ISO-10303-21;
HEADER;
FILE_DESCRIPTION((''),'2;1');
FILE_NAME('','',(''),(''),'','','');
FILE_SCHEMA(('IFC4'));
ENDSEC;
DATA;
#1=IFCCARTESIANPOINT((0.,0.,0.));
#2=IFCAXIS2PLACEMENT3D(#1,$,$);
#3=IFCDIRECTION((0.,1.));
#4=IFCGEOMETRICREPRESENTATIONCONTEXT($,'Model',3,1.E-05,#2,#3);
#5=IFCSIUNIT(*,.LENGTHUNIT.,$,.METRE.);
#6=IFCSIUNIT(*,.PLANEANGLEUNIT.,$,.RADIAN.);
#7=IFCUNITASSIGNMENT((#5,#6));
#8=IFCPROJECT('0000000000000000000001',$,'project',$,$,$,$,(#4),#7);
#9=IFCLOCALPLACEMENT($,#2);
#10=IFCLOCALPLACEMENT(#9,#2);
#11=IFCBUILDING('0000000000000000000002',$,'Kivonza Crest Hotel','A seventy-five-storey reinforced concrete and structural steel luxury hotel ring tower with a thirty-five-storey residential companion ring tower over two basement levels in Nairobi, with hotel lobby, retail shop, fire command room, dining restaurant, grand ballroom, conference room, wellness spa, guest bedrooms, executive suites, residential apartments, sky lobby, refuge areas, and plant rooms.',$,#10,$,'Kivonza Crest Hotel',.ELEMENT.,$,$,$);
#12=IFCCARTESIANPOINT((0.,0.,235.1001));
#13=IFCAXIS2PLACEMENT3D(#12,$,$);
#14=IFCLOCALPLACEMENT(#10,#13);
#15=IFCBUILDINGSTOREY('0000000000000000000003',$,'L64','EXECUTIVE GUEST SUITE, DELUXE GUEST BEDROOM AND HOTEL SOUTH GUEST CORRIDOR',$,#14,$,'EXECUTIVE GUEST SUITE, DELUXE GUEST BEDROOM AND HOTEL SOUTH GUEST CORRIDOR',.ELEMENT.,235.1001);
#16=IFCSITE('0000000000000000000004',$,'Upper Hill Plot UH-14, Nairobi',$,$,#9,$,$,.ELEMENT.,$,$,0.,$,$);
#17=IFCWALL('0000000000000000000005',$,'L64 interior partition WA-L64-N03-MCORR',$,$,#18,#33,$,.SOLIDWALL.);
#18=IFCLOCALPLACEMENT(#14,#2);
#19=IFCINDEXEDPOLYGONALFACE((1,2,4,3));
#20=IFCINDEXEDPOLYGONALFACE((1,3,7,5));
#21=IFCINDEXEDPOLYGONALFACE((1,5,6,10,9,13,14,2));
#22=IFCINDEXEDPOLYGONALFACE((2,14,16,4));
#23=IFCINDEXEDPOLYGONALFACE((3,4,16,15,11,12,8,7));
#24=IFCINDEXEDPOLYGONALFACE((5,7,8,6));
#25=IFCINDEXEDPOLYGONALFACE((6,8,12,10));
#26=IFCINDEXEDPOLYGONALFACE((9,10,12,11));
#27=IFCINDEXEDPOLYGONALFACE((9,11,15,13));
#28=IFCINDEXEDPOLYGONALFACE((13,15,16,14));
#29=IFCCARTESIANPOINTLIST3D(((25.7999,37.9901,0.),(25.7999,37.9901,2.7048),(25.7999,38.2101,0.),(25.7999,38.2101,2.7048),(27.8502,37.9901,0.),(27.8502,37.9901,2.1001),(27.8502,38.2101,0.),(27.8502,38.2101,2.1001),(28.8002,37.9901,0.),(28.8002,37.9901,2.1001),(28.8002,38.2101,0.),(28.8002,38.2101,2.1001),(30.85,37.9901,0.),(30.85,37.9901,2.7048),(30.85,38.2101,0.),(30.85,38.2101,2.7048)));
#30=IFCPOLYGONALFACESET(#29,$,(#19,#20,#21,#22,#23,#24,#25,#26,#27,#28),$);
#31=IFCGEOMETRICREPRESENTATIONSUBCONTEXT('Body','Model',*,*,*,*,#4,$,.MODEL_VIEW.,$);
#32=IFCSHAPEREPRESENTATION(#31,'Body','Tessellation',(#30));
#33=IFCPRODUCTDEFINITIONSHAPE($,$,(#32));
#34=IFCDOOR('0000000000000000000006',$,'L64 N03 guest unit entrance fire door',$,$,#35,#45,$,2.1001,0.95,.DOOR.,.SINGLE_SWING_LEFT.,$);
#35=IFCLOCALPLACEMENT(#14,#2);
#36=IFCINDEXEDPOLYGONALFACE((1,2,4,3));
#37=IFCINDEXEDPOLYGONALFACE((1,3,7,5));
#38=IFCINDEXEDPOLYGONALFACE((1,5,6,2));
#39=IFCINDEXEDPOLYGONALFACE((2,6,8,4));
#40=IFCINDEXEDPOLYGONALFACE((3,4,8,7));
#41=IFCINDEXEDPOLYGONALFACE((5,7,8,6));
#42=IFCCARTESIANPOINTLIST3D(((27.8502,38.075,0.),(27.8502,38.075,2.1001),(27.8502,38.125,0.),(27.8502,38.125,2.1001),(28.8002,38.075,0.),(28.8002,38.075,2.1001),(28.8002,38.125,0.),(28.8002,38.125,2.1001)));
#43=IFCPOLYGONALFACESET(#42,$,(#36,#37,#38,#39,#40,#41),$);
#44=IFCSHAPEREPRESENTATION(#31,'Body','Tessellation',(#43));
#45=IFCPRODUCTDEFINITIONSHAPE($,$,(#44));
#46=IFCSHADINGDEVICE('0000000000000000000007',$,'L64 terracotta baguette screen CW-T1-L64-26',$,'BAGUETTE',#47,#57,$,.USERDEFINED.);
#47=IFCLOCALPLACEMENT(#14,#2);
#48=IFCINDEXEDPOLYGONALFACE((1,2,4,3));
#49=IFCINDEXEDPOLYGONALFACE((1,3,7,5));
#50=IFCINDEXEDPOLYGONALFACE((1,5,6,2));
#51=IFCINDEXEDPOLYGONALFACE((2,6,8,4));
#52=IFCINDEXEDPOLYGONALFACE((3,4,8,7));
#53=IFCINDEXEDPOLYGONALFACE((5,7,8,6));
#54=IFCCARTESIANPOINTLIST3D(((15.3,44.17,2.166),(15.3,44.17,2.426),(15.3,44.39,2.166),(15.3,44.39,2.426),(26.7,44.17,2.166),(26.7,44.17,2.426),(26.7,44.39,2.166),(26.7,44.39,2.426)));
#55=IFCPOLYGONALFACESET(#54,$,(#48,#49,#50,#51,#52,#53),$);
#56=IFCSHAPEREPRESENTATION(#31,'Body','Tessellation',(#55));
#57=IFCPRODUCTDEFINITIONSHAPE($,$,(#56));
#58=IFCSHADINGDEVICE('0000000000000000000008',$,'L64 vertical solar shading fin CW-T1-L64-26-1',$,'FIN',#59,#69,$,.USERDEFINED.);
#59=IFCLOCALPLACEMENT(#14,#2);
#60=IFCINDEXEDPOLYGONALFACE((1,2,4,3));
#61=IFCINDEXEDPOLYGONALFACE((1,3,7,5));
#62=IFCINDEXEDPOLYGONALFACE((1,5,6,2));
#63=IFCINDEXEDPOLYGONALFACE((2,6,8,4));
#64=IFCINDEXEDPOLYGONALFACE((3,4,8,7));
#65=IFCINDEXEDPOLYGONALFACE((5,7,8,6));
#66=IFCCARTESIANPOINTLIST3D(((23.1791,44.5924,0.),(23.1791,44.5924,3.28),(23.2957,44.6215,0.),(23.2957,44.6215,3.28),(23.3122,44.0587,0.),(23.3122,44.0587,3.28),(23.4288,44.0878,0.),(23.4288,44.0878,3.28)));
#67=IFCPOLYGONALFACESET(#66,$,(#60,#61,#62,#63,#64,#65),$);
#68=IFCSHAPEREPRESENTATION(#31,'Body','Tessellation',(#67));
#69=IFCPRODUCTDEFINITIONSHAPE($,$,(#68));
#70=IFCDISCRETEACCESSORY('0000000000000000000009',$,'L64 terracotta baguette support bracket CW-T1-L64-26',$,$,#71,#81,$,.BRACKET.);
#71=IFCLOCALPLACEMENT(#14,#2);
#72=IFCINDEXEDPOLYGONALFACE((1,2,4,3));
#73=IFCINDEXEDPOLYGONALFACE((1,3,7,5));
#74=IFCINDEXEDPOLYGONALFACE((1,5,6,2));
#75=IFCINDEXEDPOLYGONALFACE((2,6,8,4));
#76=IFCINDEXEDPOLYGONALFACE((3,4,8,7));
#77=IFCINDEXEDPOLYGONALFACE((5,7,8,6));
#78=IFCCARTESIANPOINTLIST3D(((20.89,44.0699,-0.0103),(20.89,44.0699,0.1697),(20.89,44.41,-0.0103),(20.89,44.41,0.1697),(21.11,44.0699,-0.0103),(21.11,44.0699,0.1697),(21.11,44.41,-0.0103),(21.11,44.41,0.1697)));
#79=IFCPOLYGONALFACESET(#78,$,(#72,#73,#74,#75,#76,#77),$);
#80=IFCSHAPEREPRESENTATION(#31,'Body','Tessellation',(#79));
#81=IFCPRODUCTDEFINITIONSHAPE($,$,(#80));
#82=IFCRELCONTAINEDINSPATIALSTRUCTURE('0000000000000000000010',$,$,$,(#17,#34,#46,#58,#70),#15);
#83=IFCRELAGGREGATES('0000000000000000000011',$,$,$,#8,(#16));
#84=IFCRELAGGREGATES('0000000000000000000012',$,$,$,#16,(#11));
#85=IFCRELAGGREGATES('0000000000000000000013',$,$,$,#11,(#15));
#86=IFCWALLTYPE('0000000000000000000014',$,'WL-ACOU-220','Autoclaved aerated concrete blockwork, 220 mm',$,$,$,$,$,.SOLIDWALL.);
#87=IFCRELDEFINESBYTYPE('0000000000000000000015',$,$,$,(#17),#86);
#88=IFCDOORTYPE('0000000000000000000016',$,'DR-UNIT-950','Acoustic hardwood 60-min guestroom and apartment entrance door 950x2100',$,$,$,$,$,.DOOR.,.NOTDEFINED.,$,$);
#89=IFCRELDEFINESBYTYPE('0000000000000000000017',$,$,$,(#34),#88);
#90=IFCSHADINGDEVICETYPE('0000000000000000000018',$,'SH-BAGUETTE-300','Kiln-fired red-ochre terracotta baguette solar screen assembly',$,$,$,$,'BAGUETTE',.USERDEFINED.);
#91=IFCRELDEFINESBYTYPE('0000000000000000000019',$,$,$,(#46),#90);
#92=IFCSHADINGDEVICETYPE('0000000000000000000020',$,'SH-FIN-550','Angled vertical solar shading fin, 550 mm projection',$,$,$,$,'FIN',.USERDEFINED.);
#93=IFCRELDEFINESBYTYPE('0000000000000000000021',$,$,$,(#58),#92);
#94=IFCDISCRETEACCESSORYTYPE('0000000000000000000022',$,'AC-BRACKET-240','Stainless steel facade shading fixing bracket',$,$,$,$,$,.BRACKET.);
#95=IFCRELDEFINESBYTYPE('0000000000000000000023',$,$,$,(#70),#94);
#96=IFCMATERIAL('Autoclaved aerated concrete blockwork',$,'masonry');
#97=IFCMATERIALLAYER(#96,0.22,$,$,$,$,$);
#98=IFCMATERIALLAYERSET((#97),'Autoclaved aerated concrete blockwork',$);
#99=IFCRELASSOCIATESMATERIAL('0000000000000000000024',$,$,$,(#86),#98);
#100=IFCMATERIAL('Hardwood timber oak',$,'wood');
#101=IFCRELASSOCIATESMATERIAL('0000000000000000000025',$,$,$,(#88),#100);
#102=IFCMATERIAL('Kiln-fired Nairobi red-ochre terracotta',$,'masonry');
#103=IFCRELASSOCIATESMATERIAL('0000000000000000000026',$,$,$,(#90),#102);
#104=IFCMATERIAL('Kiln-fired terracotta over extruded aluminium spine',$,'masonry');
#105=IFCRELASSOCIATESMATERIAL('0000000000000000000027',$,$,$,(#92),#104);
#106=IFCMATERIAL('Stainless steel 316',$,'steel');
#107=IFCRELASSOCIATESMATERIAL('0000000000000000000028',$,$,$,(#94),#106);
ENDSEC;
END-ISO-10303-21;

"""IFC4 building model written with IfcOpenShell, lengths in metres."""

from ifc_helpers import new_model, si_unit, direction, frame, frame_2d, origin, origin_2d, place, context, subcontext, project, spatial, rectangle, extrude, material, layer, layer_set, type_object, element, fill, save


model = new_model("IFC4")

# Units and contexts
model_context = context("Model", 3, precision=1e-05, world=origin(), true_north=direction((0.0, 1.0)))
body_context = subcontext(model_context, "Body", "Model", "MODEL_VIEW")
ifc_project = project(units=[si_unit("LENGTHUNIT", "METRE"), si_unit("PLANEANGLEUNIT", "RADIAN")], contexts=[model_context])

# Site, building, storey
site_placement = place(None, origin())
site = spatial("IfcSite", under=ifc_project, at=site_placement, Name="Upper Hill Plot UH-14, Nairobi", CompositionType="ELEMENT", RefElevation=0.0)
building_placement = place(site_placement, origin())
building = spatial("IfcBuilding", under=site, at=building_placement, Name="Kivonza Crest Hotel", Description="A seventy-five-storey reinforced concrete and structural steel luxury hotel ring tower with a thirty-five-storey residential companion ring tower over two basement levels in Nairobi, with hotel lobby, retail shop, fire command room, dining restaurant, grand ballroom, conference room, wellness spa, guest bedrooms, executive suites, residential apartments, sky lobby, refuge areas, and plant rooms.", LongName="Kivonza Crest Hotel", CompositionType="ELEMENT")
storey_placement = place(building_placement, frame((0.0, 0.0, 235.1001)))
storey = spatial("IfcBuildingStorey", under=building, at=storey_placement, Name="L64", Description="EXECUTIVE GUEST SUITE, DELUXE GUEST BEDROOM AND HOTEL SOUTH GUEST CORRIDOR", LongName="EXECUTIVE GUEST SUITE, DELUXE GUEST BEDROOM AND HOTEL SOUTH GUEST CORRIDOR", CompositionType="ELEMENT", Elevation=235.1001)

# Wall, opening, door
ifc_material_1 = material(Name="Autoclaved aerated concrete blockwork", Category="masonry")
ifc_layer_1 = layer(ifc_material_1, 0.22)
ifc_layer_set_1 = layer_set([ifc_layer_1], Name="Autoclaved aerated concrete blockwork")
wall_type_1 = type_object("IfcWallType", Name="WL-ACOU-220", Description="Autoclaved aerated concrete blockwork, 220 mm", PredefinedType="SOLIDWALL", material=ifc_layer_set_1)
wall_1_placement = place(storey_placement, frame((25.8, 38.1001, 0.0), z_axis=(0.0, 0.0, 1.0), x_axis=(1.0, 0.0, 0.0)))
wall_1 = element("IfcWall", 1, at=wall_1_placement, inside=storey, type_object=wall_type_1, Name="L64 interior partition WA-L64-N03-MCORR", PredefinedType="SOLIDWALL", context=body_context, shape_type="SweptSolid", body=[
    extrude(rectangle(XDim=5.05, YDim=0.22, at=frame_2d((2.5249, 0.0))), origin(), (0.0, 0.0, 1.0), 2.7048),
])
opening_placement = place(wall_1_placement, frame((2.05, 0.0, 0.0)))
opening = element("IfcOpeningElement", 2, at=opening_placement, cuts=wall_1, PredefinedType="OPENING", context=body_context, shape_type="SweptSolid", body=[
    extrude(rectangle(XDim=0.95, YDim=2.1001, at=frame_2d((0.4751, 1.05))), frame((0.0, 0.1201, 0.0), z_axis=(0.0, -1.0, 0.0), x_axis=(1.0, 0.0, 0.0)), (0.0, 0.0, 1.0), 0.24),
])
ifc_material_2 = material(Name="Hardwood timber oak", Category="wood")
door_type = type_object("IfcDoorType", Name="DR-UNIT-950", Description="Acoustic hardwood 60-min guestroom and apartment entrance door 950x2100", OperationType="NOTDEFINED", PredefinedType="DOOR", material=ifc_material_2)
door_placement = place(opening_placement, origin())
door = element("IfcDoor", 3, at=door_placement, inside=storey, type_object=door_type, Name="L64 N03 guest unit entrance fire door", OperationType="SINGLE_SWING_LEFT", OverallHeight=2.1001, OverallWidth=0.95, PredefinedType="DOOR", context=body_context, shape_type="SweptSolid", body=[
    extrude(rectangle(XDim=0.95, YDim=2.1001, at=frame_2d((0.4751, 1.05))), frame((0.0, 0.0249, 0.0), z_axis=(0.0, -1.0, 0.0), x_axis=(1.0, 0.0, 0.0)), (0.0, 0.0, 1.0), 0.05),
])
fill(opening, door)

# Shading devices
ifc_material_3 = material(Name="Kiln-fired Nairobi red-ochre terracotta", Category="masonry")
shading_device_type_1 = type_object("IfcShadingDeviceType", Name="SH-BAGUETTE-300", Description="Kiln-fired red-ochre terracotta baguette solar screen assembly", ElementType="BAGUETTE", PredefinedType="USERDEFINED", material=ifc_material_3)
shading_device_1_placement = place(storey_placement, frame((21.0, 44.28, 2.166), z_axis=(0.0, 0.0, 1.0), x_axis=(-1.0, 0.0, 0.0)))
element("IfcShadingDevice", 4, at=shading_device_1_placement, inside=storey, type_object=shading_device_type_1, Name="L64 terracotta baguette screen CW-T1-L64-26", ObjectType="BAGUETTE", PredefinedType="USERDEFINED", context=body_context, shape_type="SweptSolid", body=[
    extrude(rectangle(XDim=11.3999, YDim=0.22, at=origin_2d()), origin(), (0.0, 0.0, 1.0), 0.26),
])
ifc_material_4 = material(Name="Kiln-fired terracotta over extruded aluminium spine", Category="masonry")
shading_device_type_2 = type_object("IfcShadingDeviceType", Name="SH-FIN-550", Description="Angled vertical solar shading fin, 550 mm projection", ElementType="FIN", PredefinedType="USERDEFINED", material=ifc_material_4)
shading_device_2_placement = place(storey_placement, frame((23.304, 44.3401, 0.0), z_axis=(0.0, 0.0, 1.0), x_axis=(-0.970296, -0.241922, 0.0)))
element("IfcShadingDevice", 5, at=shading_device_2_placement, inside=storey, type_object=shading_device_type_2, Name="L64 vertical solar shading fin CW-T1-L64-26-1", ObjectType="FIN", PredefinedType="USERDEFINED", context=body_context, shape_type="SweptSolid", body=[
    extrude(rectangle(XDim=0.1201, YDim=0.55, at=origin_2d()), origin(), (0.0, 0.0, 1.0), 3.28),
])

# Discrete accessory
ifc_material_5 = material(Name="Stainless steel 316", Category="steel")
discrete_accessory_type = type_object("IfcDiscreteAccessoryType", Name="AC-BRACKET-240", Description="Stainless steel facade shading fixing bracket", PredefinedType="BRACKET", material=ifc_material_5)
discrete_accessory_placement = place(storey_placement, frame((21.0, 44.24, -0.0103), z_axis=(0.0, 0.0, 1.0), x_axis=(-1.0, 0.0, 0.0)))
element("IfcDiscreteAccessory", 6, at=discrete_accessory_placement, inside=storey, type_object=discrete_accessory_type, Name="L64 terracotta baguette support bracket CW-T1-L64-26", PredefinedType="BRACKET", context=body_context, shape_type="SweptSolid", body=[
    extrude(rectangle(XDim=0.22, YDim=0.3401, at=origin_2d()), origin(), (0.0, 0.0, 1.0), 0.1799),
])

save(model, "model.ifc")
